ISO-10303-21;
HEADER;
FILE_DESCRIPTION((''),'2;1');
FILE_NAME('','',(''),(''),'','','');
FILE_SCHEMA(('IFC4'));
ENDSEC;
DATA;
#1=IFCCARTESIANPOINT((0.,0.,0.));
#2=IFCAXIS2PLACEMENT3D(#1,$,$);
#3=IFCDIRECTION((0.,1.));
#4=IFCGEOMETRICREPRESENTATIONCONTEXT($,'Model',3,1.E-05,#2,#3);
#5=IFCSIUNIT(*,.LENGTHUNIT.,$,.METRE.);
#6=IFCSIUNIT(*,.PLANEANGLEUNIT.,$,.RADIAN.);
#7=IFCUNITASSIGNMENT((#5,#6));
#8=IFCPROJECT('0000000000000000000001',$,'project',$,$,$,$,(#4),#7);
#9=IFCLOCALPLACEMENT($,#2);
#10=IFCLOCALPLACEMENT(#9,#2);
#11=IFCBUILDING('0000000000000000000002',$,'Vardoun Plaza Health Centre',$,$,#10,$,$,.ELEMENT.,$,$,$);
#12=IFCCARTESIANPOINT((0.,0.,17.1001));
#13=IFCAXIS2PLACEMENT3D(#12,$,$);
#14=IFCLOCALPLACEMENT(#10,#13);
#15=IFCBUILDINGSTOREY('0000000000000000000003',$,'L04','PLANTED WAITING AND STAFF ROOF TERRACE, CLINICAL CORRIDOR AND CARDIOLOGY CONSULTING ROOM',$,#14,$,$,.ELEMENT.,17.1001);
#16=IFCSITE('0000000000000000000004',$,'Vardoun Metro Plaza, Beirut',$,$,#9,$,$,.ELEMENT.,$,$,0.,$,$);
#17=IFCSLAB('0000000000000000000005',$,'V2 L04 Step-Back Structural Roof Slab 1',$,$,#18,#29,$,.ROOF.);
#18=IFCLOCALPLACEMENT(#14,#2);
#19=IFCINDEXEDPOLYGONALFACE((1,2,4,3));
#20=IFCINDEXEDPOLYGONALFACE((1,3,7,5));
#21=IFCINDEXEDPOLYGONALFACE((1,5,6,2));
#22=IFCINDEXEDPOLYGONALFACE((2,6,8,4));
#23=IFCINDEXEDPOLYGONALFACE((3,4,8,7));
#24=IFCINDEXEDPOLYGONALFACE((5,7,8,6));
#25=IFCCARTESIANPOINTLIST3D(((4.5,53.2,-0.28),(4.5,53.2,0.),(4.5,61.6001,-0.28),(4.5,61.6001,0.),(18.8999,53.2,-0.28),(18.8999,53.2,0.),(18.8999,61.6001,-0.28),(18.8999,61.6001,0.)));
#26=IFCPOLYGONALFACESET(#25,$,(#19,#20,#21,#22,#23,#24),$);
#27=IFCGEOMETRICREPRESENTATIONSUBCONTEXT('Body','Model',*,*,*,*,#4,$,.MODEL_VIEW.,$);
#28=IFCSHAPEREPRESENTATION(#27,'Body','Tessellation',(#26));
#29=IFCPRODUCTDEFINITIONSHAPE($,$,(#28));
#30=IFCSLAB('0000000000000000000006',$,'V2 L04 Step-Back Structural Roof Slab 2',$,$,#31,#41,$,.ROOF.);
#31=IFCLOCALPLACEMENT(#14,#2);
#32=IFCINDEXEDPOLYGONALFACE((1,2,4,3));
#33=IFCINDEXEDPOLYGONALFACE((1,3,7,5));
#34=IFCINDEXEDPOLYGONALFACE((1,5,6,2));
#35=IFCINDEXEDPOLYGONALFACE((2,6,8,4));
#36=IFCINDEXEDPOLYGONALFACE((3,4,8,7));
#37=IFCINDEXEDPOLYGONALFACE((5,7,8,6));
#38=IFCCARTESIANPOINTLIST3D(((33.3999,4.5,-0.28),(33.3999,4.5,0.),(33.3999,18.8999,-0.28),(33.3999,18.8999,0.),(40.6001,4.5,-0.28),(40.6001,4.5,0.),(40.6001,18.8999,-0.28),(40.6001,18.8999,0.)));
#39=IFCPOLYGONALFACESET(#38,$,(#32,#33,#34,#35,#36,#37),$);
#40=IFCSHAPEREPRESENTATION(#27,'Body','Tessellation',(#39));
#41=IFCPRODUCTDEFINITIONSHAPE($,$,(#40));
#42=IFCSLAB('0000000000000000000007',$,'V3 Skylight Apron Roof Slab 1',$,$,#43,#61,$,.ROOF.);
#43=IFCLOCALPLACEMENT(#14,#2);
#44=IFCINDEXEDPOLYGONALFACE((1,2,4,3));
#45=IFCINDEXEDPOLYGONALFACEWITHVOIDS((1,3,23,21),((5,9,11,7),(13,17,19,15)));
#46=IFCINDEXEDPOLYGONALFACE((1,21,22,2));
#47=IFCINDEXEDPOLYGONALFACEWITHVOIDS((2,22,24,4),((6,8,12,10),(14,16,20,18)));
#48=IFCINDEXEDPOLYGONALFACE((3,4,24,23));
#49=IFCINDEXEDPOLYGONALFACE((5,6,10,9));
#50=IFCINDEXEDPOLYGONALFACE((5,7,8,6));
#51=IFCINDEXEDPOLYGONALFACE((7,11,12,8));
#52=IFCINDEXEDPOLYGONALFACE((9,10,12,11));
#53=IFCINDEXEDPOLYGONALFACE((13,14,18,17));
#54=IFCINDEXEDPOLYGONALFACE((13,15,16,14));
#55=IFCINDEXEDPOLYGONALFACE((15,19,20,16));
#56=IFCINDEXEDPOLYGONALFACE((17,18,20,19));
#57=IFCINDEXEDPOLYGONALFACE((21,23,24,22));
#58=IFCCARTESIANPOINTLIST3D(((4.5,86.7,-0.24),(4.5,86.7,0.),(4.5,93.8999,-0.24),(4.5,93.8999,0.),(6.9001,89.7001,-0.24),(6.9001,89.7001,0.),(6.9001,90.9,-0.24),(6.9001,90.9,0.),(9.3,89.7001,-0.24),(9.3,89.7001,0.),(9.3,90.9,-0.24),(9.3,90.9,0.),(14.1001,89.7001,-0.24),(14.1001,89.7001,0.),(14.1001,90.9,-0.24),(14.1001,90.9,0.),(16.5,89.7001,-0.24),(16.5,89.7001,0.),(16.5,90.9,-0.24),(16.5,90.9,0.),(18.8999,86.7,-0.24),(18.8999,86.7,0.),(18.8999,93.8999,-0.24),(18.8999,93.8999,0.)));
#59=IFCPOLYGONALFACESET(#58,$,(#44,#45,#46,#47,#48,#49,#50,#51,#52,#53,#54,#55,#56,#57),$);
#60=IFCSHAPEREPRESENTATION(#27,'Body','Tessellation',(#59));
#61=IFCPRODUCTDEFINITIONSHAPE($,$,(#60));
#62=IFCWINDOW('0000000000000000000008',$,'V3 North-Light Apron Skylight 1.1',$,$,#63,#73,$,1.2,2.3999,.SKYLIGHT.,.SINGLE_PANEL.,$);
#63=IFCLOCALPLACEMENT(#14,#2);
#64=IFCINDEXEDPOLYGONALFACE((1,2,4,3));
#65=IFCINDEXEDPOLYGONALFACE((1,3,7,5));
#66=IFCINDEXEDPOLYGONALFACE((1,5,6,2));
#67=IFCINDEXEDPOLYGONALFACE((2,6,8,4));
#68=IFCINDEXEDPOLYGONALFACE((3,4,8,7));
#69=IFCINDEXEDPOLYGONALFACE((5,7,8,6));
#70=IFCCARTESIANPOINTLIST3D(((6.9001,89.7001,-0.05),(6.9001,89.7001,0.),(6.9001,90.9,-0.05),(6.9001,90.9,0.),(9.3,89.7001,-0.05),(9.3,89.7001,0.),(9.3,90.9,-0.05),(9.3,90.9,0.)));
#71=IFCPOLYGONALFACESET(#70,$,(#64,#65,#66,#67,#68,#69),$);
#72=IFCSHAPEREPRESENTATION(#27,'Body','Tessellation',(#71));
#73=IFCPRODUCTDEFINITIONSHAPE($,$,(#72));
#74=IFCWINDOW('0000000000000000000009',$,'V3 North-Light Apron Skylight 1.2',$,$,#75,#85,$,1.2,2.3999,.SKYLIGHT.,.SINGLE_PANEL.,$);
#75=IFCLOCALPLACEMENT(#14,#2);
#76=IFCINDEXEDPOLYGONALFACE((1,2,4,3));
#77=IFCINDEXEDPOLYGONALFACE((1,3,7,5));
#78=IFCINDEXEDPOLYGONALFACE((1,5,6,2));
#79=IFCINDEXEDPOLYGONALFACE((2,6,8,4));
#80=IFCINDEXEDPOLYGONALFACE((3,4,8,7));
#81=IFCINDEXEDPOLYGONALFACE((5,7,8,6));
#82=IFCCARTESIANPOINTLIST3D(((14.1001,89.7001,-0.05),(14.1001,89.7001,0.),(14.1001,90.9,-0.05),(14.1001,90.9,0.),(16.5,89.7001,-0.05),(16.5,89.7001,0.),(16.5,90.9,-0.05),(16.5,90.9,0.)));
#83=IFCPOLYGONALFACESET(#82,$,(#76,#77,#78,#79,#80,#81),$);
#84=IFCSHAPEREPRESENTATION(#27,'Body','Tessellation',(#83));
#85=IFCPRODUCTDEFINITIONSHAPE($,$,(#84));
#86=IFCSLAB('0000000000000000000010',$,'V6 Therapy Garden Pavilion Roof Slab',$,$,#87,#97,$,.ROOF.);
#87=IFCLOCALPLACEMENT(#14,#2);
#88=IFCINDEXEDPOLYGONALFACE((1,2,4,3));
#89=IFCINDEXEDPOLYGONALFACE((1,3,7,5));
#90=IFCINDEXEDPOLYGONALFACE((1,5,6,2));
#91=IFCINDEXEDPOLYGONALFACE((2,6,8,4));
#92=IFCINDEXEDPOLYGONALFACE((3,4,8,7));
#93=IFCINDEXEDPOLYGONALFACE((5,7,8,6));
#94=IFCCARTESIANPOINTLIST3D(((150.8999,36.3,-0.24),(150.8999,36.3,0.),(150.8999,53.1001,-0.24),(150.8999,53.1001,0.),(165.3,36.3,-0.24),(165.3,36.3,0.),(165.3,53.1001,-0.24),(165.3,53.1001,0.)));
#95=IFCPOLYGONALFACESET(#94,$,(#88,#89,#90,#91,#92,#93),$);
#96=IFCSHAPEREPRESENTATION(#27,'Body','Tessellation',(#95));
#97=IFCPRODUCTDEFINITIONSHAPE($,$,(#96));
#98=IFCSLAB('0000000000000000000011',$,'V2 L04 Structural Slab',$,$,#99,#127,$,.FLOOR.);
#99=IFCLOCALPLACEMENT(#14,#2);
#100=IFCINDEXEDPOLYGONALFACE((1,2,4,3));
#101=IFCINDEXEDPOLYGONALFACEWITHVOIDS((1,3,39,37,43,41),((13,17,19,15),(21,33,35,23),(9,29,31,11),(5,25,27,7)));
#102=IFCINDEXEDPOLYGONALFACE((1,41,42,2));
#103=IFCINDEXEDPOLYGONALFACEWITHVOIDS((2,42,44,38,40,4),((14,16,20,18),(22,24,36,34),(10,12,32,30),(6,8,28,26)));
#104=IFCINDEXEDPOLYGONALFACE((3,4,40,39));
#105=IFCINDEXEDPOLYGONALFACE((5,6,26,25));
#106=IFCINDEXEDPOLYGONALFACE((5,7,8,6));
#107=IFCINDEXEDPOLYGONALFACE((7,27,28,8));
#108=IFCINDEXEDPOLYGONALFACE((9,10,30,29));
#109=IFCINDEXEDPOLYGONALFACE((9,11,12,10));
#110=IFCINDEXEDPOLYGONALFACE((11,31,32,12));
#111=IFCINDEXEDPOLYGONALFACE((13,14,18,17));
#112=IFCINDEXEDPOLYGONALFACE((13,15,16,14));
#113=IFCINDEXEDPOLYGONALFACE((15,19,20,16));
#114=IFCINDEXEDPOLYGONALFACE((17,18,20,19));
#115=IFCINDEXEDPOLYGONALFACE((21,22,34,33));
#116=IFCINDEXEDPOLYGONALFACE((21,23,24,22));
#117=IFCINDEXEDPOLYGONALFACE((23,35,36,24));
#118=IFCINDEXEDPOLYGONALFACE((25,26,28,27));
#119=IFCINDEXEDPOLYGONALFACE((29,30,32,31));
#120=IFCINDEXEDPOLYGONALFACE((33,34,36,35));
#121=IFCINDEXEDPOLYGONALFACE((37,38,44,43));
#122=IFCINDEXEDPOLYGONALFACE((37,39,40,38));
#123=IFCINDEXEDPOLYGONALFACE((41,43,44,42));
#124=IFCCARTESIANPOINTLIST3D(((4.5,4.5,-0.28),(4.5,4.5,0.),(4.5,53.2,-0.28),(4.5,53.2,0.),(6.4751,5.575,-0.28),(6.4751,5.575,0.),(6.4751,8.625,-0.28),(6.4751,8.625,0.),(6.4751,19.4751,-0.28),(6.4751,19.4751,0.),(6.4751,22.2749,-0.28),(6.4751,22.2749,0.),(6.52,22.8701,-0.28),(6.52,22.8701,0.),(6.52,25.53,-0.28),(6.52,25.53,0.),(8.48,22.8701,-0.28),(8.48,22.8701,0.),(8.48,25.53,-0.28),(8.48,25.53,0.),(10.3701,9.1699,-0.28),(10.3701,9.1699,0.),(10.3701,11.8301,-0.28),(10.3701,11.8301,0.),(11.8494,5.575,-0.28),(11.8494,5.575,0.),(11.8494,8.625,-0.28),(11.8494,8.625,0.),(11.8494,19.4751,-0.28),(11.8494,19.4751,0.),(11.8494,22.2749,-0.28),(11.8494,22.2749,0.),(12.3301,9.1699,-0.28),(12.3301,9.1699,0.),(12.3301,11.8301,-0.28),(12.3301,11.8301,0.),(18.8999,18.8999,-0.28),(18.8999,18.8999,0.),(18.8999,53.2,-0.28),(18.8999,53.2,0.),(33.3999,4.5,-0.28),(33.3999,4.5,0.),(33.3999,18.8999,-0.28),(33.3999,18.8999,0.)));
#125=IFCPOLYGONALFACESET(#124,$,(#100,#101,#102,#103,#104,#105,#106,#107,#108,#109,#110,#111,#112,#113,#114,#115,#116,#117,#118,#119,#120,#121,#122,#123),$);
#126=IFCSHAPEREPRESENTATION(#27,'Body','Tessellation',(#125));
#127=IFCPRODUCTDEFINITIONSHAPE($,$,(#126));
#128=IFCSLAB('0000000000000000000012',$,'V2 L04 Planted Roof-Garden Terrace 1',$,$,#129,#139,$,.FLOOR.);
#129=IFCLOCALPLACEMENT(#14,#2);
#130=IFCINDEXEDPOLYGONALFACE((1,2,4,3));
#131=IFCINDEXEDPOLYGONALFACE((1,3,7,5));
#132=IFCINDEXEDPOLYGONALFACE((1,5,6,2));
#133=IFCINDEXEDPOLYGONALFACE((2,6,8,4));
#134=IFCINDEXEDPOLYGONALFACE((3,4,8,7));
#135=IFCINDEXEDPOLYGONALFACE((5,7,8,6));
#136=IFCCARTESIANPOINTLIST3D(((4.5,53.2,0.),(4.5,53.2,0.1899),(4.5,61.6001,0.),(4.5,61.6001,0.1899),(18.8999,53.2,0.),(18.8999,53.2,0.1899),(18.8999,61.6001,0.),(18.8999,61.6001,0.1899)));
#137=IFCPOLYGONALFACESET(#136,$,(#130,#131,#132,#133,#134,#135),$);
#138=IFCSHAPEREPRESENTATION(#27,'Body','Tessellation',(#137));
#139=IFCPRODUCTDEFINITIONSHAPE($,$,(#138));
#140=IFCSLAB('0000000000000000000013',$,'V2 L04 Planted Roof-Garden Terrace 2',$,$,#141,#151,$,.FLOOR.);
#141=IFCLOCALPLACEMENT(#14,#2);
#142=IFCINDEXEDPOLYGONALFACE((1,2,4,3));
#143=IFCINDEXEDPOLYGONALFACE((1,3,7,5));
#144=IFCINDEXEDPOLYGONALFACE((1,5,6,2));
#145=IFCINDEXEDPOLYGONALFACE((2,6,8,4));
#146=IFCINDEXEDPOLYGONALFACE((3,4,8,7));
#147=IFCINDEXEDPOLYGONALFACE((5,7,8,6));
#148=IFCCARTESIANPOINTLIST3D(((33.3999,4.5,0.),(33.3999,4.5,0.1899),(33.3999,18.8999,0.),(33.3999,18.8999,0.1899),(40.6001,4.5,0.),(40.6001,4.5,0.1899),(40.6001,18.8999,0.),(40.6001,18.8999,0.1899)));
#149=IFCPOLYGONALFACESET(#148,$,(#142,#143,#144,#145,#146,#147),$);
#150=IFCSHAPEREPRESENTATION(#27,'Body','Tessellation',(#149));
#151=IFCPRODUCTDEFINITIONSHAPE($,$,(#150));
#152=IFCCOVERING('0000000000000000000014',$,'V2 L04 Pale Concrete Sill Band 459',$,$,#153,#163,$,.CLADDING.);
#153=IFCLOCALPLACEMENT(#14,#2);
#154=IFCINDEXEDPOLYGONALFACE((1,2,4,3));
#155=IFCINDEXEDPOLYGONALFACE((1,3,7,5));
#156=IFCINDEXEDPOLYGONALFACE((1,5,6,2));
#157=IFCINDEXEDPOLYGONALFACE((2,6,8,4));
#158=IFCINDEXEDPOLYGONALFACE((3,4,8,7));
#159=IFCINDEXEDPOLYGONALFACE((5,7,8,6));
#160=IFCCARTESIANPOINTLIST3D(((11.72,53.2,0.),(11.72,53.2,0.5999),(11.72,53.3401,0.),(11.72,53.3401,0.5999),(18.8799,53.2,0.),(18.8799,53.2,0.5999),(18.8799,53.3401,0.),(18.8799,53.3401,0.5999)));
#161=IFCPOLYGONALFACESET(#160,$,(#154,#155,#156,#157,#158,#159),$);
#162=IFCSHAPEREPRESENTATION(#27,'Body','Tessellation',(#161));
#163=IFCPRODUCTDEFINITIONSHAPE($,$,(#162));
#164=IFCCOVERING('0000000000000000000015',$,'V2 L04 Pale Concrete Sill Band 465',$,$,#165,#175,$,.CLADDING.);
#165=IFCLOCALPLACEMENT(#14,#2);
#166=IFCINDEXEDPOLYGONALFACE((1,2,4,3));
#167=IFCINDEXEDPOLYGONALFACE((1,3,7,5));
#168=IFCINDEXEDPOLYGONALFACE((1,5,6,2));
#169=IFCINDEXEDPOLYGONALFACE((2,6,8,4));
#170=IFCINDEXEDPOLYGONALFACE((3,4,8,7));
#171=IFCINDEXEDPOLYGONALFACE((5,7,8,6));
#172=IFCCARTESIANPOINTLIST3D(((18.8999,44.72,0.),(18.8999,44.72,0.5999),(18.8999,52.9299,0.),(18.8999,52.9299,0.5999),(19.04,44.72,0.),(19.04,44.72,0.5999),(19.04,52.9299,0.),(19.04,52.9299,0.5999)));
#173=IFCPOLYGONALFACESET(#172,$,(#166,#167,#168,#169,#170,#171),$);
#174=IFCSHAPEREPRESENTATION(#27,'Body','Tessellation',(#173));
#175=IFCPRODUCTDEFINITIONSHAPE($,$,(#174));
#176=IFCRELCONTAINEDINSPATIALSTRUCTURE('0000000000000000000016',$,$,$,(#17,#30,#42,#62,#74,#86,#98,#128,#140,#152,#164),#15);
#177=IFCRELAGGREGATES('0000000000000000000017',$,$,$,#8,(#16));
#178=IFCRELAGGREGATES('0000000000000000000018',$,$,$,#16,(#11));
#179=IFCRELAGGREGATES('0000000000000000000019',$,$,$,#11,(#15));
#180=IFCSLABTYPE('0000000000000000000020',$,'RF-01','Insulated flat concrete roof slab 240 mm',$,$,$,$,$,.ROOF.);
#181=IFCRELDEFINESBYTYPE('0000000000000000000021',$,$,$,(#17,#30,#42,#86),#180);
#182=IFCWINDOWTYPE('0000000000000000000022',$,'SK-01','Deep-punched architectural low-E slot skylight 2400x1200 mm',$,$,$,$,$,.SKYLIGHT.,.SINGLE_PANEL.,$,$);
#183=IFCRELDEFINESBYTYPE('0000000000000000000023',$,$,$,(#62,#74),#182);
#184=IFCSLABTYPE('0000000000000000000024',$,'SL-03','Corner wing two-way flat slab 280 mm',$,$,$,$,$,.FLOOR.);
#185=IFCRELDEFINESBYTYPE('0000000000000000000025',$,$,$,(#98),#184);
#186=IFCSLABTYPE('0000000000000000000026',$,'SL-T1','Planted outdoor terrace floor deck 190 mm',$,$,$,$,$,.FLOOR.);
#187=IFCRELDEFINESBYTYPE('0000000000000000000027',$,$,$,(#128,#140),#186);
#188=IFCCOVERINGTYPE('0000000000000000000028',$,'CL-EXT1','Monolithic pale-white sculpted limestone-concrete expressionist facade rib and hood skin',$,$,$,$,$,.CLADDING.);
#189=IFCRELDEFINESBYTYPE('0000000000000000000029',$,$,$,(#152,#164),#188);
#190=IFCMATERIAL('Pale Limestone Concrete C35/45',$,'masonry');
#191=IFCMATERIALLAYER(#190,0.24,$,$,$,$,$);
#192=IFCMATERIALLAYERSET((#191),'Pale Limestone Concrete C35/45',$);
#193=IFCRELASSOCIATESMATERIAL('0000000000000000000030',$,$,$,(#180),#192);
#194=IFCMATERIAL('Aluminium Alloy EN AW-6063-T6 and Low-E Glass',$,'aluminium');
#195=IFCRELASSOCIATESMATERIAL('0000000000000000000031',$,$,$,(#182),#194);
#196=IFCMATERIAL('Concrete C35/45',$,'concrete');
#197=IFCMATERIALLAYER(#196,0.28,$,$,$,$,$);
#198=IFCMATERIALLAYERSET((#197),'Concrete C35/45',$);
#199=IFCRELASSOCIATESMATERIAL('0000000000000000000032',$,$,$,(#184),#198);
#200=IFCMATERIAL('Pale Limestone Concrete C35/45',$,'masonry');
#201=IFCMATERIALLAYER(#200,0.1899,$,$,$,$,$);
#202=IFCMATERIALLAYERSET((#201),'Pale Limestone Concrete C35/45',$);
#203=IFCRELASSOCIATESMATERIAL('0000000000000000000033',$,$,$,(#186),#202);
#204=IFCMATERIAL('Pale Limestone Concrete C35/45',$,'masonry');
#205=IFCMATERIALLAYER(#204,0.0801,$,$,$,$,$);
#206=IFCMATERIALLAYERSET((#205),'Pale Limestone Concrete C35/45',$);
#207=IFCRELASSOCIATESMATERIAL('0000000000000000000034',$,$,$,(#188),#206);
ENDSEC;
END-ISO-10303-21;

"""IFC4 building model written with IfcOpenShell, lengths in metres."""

from ifc_helpers import new_model, si_unit, direction, frame, origin, origin_2d, place, context, subcontext, project, spatial, polyline, rectangle, outline, extrude, material, layer, layer_set, type_object, element, fill, save


model = new_model("IFC4")

# Units and contexts
model_context = context("Model", 3, precision=1e-05, world=origin(), true_north=direction((0.0, 1.0)))
body_context = subcontext(model_context, "Body", "Model", "MODEL_VIEW")
ifc_project = project(units=[si_unit("LENGTHUNIT", "METRE"), si_unit("PLANEANGLEUNIT", "RADIAN")], contexts=[model_context])

# Site, building, storey
site_placement = place(None, origin())
site = spatial("IfcSite", under=ifc_project, at=site_placement, Name="Vardoun Metro Plaza, Beirut", CompositionType="ELEMENT", RefElevation=0.0)
building_placement = place(site_placement, origin())
building = spatial("IfcBuilding", under=site, at=building_placement, Name="Vardoun Plaza Health Centre", CompositionType="ELEMENT")
storey_placement = place(building_placement, frame((0.0, 0.0, 17.1001)))
storey = spatial("IfcBuildingStorey", under=building, at=storey_placement, Name="L04", Description="PLANTED WAITING AND STAFF ROOF TERRACE, CLINICAL CORRIDOR AND CARDIOLOGY CONSULTING ROOM", CompositionType="ELEMENT", Elevation=17.1001)

# Slabs
ifc_material_1 = material(Name="Pale Limestone Concrete C35/45", Category="masonry")
ifc_layer_1 = layer(ifc_material_1, 0.24)
ifc_layer_set_1 = layer_set([ifc_layer_1], Name="Pale Limestone Concrete C35/45")
slab_type_1 = type_object("IfcSlabType", Name="RF-01", Description="Insulated flat concrete roof slab 240 mm", PredefinedType="ROOF", material=ifc_layer_set_1)
slab_1_placement = place(storey_placement, frame((0.0, 0.0, -0.28)))
element("IfcSlab", 1, at=slab_1_placement, inside=storey, type_object=slab_type_1, Name="V2 L04 Step-Back Structural Roof Slab 1", PredefinedType="ROOF", context=body_context, shape_type="SweptSolid", body=[
    extrude(outline(polyline([(4.5, 53.2), (18.8999, 53.2), (18.8999, 61.6001), (4.5, 61.6001), (4.5, 53.2)])), origin(), (0.0, 0.0, 1.0), 0.28),
])
slab_2_placement = place(storey_placement, frame((0.0, 0.0, -0.28)))
element("IfcSlab", 2, at=slab_2_placement, inside=storey, type_object=slab_type_1, Name="V2 L04 Step-Back Structural Roof Slab 2", PredefinedType="ROOF", context=body_context, shape_type="SweptSolid", body=[
    extrude(outline(polyline([(33.3999, 4.5), (40.6001, 4.5), (40.6001, 18.8999), (33.3999, 18.8999), (33.3999, 4.5)])), origin(), (0.0, 0.0, 1.0), 0.28),
])

# Slab, openings, windows
slab_3_placement = place(storey_placement, frame((0.0, 0.0, -0.24)))
slab_3 = element("IfcSlab", 3, at=slab_3_placement, inside=storey, type_object=slab_type_1, Name="V3 Skylight Apron Roof Slab 1", PredefinedType="ROOF", context=body_context, shape_type="SweptSolid", body=[
    extrude(outline(polyline([(4.5, 86.7), (18.8999, 86.7), (18.8999, 93.8999), (4.5, 93.8999), (4.5, 86.7)])), origin(), (0.0, 0.0, 1.0), 0.24),
])
opening_1_placement = place(slab_3_placement, frame((8.1001, 90.3, 0.0)))
opening_1 = element("IfcOpeningElement", 4, at=opening_1_placement, cuts=slab_3, PredefinedType="OPENING", context=body_context, shape_type="SweptSolid", body=[
    extrude(rectangle(XDim=2.3999, YDim=1.2, at=origin_2d()), origin(), (0.0, 0.0, 1.0), 0.24),
])
opening_2_placement = place(slab_3_placement, frame((15.3, 90.3, 0.0)))
opening_2 = element("IfcOpeningElement", 5, at=opening_2_placement, cuts=slab_3, PredefinedType="OPENING", context=body_context, shape_type="SweptSolid", body=[
    extrude(rectangle(XDim=2.3999, YDim=1.2, at=origin_2d()), origin(), (0.0, 0.0, 1.0), 0.24),
])
ifc_material_2 = material(Name="Aluminium Alloy EN AW-6063-T6 and Low-E Glass", Category="aluminium")
window_type = type_object("IfcWindowType", Name="SK-01", Description="Deep-punched architectural low-E slot skylight 2400x1200 mm", PartitioningType="SINGLE_PANEL", PredefinedType="SKYLIGHT", material=ifc_material_2)
window_1_placement = place(opening_1_placement, frame((0.0, 0.0, 0.1899)))
window_1 = element("IfcWindow", 6, at=window_1_placement, inside=storey, type_object=window_type, Name="V3 North-Light Apron Skylight 1.1", OverallHeight=1.2, OverallWidth=2.3999, PartitioningType="SINGLE_PANEL", PredefinedType="SKYLIGHT", context=body_context, shape_type="SweptSolid", body=[
    extrude(rectangle(XDim=2.3999, YDim=1.2, at=origin_2d()), origin(), (0.0, 0.0, 1.0), 0.05),
])
fill(opening_1, window_1)
window_2_placement = place(opening_2_placement, frame((0.0, 0.0, 0.1899)))
window_2 = element("IfcWindow", 7, at=window_2_placement, inside=storey, type_object=window_type, Name="V3 North-Light Apron Skylight 1.2", OverallHeight=1.2, OverallWidth=2.3999, PartitioningType="SINGLE_PANEL", PredefinedType="SKYLIGHT", context=body_context, shape_type="SweptSolid", body=[
    extrude(rectangle(XDim=2.3999, YDim=1.2, at=origin_2d()), origin(), (0.0, 0.0, 1.0), 0.05),
])
fill(opening_2, window_2)

# Slabs
slab_4_placement = place(storey_placement, frame((0.0, 0.0, -0.24)))
element("IfcSlab", 8, at=slab_4_placement, inside=storey, type_object=slab_type_1, Name="V6 Therapy Garden Pavilion Roof Slab", PredefinedType="ROOF", context=body_context, shape_type="SweptSolid", body=[
    extrude(outline(polyline([(150.8999, 36.3), (165.3, 36.3), (165.3, 53.1001), (150.8999, 53.1001), (150.8999, 36.3)])), origin(), (0.0, 0.0, 1.0), 0.24),
])
ifc_material_3 = material(Name="Concrete C35/45", Category="concrete")
ifc_layer_2 = layer(ifc_material_3, 0.28)
ifc_layer_set_2 = layer_set([ifc_layer_2], Name="Concrete C35/45")
slab_type_2 = type_object("IfcSlabType", Name="SL-03", Description="Corner wing two-way flat slab 280 mm", PredefinedType="FLOOR", material=ifc_layer_set_2)
slab_5_placement = place(storey_placement, frame((0.0, 0.0, -0.28)))
element("IfcSlab", 9, at=slab_5_placement, inside=storey, type_object=slab_type_2, Name="V2 L04 Structural Slab", PredefinedType="FLOOR", context=body_context, shape_type="SweptSolid", body=[
    extrude(outline(polyline([(4.5, 4.5), (33.3999, 4.5), (33.3999, 18.8999), (18.8999, 18.8999), (18.8999, 53.2), (4.5, 53.2), (4.5, 4.5)]), holes=[polyline([(6.4751, 5.575), (11.8494, 5.575), (11.8494, 8.625), (6.4751, 8.625), (6.4751, 5.575)]), polyline([(10.3701, 9.1699), (12.3301, 9.1699), (12.3301, 11.8301), (10.3701, 11.8301), (10.3701, 9.1699)]), polyline([(6.4751, 19.4751), (11.8494, 19.4751), (11.8494, 22.2749), (6.4751, 22.2749), (6.4751, 19.4751)]), polyline([(6.52, 22.8701), (8.48, 22.8701), (8.48, 25.53), (6.52, 25.53), (6.52, 22.8701)])]), origin(), (0.0, 0.0, 1.0), 0.28),
])
ifc_material_4 = material(Name="Pale Limestone Concrete C35/45", Category="masonry")
ifc_layer_3 = layer(ifc_material_4, 0.1899)
ifc_layer_set_3 = layer_set([ifc_layer_3], Name="Pale Limestone Concrete C35/45")
slab_type_3 = type_object("IfcSlabType", Name="SL-T1", Description="Planted outdoor terrace floor deck 190 mm", PredefinedType="FLOOR", material=ifc_layer_set_3)
slab_6_placement = place(storey_placement, origin())
element("IfcSlab", 10, at=slab_6_placement, inside=storey, type_object=slab_type_3, Name="V2 L04 Planted Roof-Garden Terrace 1", PredefinedType="FLOOR", context=body_context, shape_type="SweptSolid", body=[
    extrude(outline(polyline([(4.5, 53.2), (18.8999, 53.2), (18.8999, 61.6001), (4.5, 61.6001), (4.5, 53.2)])), origin(), (0.0, 0.0, 1.0), 0.1899),
])
slab_7_placement = place(storey_placement, origin())
element("IfcSlab", 11, at=slab_7_placement, inside=storey, type_object=slab_type_3, Name="V2 L04 Planted Roof-Garden Terrace 2", PredefinedType="FLOOR", context=body_context, shape_type="SweptSolid", body=[
    extrude(outline(polyline([(33.3999, 4.5), (40.6001, 4.5), (40.6001, 18.8999), (33.3999, 18.8999), (33.3999, 4.5)])), origin(), (0.0, 0.0, 1.0), 0.1899),
])

# Coverings
ifc_material_5 = material(Name="Pale Limestone Concrete C35/45", Category="masonry")
ifc_layer_4 = layer(ifc_material_5, 0.0801)
ifc_layer_set_4 = layer_set([ifc_layer_4], Name="Pale Limestone Concrete C35/45")
covering_type_1 = type_object("IfcCoveringType", Name="CL-EXT1", Description="Monolithic pale-white sculpted limestone-concrete expressionist facade rib and hood skin", PredefinedType="CLADDING", material=ifc_layer_set_4)
covering_1_placement = place(storey_placement, origin())
element("IfcCovering", 12, at=covering_1_placement, inside=storey, type_object=covering_type_1, Name="V2 L04 Pale Concrete Sill Band 459", PredefinedType="CLADDING", context=body_context, shape_type="SweptSolid", body=[
    extrude(outline(polyline([(11.72, 53.2), (18.8799, 53.2), (18.8799, 53.3401), (11.72, 53.3401), (11.72, 53.2)])), origin(), (0.0, 0.0, 1.0), 0.5999),
])
covering_2_placement = place(storey_placement, origin())
element("IfcCovering", 13, at=covering_2_placement, inside=storey, type_object=covering_type_1, Name="V2 L04 Pale Concrete Sill Band 465", PredefinedType="CLADDING", context=body_context, shape_type="SweptSolid", body=[
    extrude(outline(polyline([(18.8999, 52.9299), (18.8999, 44.72), (19.04, 44.72), (19.04, 52.9299), (18.8999, 52.9299)])), origin(), (0.0, 0.0, 1.0), 0.5999),
])

save(model, "model.ifc")
